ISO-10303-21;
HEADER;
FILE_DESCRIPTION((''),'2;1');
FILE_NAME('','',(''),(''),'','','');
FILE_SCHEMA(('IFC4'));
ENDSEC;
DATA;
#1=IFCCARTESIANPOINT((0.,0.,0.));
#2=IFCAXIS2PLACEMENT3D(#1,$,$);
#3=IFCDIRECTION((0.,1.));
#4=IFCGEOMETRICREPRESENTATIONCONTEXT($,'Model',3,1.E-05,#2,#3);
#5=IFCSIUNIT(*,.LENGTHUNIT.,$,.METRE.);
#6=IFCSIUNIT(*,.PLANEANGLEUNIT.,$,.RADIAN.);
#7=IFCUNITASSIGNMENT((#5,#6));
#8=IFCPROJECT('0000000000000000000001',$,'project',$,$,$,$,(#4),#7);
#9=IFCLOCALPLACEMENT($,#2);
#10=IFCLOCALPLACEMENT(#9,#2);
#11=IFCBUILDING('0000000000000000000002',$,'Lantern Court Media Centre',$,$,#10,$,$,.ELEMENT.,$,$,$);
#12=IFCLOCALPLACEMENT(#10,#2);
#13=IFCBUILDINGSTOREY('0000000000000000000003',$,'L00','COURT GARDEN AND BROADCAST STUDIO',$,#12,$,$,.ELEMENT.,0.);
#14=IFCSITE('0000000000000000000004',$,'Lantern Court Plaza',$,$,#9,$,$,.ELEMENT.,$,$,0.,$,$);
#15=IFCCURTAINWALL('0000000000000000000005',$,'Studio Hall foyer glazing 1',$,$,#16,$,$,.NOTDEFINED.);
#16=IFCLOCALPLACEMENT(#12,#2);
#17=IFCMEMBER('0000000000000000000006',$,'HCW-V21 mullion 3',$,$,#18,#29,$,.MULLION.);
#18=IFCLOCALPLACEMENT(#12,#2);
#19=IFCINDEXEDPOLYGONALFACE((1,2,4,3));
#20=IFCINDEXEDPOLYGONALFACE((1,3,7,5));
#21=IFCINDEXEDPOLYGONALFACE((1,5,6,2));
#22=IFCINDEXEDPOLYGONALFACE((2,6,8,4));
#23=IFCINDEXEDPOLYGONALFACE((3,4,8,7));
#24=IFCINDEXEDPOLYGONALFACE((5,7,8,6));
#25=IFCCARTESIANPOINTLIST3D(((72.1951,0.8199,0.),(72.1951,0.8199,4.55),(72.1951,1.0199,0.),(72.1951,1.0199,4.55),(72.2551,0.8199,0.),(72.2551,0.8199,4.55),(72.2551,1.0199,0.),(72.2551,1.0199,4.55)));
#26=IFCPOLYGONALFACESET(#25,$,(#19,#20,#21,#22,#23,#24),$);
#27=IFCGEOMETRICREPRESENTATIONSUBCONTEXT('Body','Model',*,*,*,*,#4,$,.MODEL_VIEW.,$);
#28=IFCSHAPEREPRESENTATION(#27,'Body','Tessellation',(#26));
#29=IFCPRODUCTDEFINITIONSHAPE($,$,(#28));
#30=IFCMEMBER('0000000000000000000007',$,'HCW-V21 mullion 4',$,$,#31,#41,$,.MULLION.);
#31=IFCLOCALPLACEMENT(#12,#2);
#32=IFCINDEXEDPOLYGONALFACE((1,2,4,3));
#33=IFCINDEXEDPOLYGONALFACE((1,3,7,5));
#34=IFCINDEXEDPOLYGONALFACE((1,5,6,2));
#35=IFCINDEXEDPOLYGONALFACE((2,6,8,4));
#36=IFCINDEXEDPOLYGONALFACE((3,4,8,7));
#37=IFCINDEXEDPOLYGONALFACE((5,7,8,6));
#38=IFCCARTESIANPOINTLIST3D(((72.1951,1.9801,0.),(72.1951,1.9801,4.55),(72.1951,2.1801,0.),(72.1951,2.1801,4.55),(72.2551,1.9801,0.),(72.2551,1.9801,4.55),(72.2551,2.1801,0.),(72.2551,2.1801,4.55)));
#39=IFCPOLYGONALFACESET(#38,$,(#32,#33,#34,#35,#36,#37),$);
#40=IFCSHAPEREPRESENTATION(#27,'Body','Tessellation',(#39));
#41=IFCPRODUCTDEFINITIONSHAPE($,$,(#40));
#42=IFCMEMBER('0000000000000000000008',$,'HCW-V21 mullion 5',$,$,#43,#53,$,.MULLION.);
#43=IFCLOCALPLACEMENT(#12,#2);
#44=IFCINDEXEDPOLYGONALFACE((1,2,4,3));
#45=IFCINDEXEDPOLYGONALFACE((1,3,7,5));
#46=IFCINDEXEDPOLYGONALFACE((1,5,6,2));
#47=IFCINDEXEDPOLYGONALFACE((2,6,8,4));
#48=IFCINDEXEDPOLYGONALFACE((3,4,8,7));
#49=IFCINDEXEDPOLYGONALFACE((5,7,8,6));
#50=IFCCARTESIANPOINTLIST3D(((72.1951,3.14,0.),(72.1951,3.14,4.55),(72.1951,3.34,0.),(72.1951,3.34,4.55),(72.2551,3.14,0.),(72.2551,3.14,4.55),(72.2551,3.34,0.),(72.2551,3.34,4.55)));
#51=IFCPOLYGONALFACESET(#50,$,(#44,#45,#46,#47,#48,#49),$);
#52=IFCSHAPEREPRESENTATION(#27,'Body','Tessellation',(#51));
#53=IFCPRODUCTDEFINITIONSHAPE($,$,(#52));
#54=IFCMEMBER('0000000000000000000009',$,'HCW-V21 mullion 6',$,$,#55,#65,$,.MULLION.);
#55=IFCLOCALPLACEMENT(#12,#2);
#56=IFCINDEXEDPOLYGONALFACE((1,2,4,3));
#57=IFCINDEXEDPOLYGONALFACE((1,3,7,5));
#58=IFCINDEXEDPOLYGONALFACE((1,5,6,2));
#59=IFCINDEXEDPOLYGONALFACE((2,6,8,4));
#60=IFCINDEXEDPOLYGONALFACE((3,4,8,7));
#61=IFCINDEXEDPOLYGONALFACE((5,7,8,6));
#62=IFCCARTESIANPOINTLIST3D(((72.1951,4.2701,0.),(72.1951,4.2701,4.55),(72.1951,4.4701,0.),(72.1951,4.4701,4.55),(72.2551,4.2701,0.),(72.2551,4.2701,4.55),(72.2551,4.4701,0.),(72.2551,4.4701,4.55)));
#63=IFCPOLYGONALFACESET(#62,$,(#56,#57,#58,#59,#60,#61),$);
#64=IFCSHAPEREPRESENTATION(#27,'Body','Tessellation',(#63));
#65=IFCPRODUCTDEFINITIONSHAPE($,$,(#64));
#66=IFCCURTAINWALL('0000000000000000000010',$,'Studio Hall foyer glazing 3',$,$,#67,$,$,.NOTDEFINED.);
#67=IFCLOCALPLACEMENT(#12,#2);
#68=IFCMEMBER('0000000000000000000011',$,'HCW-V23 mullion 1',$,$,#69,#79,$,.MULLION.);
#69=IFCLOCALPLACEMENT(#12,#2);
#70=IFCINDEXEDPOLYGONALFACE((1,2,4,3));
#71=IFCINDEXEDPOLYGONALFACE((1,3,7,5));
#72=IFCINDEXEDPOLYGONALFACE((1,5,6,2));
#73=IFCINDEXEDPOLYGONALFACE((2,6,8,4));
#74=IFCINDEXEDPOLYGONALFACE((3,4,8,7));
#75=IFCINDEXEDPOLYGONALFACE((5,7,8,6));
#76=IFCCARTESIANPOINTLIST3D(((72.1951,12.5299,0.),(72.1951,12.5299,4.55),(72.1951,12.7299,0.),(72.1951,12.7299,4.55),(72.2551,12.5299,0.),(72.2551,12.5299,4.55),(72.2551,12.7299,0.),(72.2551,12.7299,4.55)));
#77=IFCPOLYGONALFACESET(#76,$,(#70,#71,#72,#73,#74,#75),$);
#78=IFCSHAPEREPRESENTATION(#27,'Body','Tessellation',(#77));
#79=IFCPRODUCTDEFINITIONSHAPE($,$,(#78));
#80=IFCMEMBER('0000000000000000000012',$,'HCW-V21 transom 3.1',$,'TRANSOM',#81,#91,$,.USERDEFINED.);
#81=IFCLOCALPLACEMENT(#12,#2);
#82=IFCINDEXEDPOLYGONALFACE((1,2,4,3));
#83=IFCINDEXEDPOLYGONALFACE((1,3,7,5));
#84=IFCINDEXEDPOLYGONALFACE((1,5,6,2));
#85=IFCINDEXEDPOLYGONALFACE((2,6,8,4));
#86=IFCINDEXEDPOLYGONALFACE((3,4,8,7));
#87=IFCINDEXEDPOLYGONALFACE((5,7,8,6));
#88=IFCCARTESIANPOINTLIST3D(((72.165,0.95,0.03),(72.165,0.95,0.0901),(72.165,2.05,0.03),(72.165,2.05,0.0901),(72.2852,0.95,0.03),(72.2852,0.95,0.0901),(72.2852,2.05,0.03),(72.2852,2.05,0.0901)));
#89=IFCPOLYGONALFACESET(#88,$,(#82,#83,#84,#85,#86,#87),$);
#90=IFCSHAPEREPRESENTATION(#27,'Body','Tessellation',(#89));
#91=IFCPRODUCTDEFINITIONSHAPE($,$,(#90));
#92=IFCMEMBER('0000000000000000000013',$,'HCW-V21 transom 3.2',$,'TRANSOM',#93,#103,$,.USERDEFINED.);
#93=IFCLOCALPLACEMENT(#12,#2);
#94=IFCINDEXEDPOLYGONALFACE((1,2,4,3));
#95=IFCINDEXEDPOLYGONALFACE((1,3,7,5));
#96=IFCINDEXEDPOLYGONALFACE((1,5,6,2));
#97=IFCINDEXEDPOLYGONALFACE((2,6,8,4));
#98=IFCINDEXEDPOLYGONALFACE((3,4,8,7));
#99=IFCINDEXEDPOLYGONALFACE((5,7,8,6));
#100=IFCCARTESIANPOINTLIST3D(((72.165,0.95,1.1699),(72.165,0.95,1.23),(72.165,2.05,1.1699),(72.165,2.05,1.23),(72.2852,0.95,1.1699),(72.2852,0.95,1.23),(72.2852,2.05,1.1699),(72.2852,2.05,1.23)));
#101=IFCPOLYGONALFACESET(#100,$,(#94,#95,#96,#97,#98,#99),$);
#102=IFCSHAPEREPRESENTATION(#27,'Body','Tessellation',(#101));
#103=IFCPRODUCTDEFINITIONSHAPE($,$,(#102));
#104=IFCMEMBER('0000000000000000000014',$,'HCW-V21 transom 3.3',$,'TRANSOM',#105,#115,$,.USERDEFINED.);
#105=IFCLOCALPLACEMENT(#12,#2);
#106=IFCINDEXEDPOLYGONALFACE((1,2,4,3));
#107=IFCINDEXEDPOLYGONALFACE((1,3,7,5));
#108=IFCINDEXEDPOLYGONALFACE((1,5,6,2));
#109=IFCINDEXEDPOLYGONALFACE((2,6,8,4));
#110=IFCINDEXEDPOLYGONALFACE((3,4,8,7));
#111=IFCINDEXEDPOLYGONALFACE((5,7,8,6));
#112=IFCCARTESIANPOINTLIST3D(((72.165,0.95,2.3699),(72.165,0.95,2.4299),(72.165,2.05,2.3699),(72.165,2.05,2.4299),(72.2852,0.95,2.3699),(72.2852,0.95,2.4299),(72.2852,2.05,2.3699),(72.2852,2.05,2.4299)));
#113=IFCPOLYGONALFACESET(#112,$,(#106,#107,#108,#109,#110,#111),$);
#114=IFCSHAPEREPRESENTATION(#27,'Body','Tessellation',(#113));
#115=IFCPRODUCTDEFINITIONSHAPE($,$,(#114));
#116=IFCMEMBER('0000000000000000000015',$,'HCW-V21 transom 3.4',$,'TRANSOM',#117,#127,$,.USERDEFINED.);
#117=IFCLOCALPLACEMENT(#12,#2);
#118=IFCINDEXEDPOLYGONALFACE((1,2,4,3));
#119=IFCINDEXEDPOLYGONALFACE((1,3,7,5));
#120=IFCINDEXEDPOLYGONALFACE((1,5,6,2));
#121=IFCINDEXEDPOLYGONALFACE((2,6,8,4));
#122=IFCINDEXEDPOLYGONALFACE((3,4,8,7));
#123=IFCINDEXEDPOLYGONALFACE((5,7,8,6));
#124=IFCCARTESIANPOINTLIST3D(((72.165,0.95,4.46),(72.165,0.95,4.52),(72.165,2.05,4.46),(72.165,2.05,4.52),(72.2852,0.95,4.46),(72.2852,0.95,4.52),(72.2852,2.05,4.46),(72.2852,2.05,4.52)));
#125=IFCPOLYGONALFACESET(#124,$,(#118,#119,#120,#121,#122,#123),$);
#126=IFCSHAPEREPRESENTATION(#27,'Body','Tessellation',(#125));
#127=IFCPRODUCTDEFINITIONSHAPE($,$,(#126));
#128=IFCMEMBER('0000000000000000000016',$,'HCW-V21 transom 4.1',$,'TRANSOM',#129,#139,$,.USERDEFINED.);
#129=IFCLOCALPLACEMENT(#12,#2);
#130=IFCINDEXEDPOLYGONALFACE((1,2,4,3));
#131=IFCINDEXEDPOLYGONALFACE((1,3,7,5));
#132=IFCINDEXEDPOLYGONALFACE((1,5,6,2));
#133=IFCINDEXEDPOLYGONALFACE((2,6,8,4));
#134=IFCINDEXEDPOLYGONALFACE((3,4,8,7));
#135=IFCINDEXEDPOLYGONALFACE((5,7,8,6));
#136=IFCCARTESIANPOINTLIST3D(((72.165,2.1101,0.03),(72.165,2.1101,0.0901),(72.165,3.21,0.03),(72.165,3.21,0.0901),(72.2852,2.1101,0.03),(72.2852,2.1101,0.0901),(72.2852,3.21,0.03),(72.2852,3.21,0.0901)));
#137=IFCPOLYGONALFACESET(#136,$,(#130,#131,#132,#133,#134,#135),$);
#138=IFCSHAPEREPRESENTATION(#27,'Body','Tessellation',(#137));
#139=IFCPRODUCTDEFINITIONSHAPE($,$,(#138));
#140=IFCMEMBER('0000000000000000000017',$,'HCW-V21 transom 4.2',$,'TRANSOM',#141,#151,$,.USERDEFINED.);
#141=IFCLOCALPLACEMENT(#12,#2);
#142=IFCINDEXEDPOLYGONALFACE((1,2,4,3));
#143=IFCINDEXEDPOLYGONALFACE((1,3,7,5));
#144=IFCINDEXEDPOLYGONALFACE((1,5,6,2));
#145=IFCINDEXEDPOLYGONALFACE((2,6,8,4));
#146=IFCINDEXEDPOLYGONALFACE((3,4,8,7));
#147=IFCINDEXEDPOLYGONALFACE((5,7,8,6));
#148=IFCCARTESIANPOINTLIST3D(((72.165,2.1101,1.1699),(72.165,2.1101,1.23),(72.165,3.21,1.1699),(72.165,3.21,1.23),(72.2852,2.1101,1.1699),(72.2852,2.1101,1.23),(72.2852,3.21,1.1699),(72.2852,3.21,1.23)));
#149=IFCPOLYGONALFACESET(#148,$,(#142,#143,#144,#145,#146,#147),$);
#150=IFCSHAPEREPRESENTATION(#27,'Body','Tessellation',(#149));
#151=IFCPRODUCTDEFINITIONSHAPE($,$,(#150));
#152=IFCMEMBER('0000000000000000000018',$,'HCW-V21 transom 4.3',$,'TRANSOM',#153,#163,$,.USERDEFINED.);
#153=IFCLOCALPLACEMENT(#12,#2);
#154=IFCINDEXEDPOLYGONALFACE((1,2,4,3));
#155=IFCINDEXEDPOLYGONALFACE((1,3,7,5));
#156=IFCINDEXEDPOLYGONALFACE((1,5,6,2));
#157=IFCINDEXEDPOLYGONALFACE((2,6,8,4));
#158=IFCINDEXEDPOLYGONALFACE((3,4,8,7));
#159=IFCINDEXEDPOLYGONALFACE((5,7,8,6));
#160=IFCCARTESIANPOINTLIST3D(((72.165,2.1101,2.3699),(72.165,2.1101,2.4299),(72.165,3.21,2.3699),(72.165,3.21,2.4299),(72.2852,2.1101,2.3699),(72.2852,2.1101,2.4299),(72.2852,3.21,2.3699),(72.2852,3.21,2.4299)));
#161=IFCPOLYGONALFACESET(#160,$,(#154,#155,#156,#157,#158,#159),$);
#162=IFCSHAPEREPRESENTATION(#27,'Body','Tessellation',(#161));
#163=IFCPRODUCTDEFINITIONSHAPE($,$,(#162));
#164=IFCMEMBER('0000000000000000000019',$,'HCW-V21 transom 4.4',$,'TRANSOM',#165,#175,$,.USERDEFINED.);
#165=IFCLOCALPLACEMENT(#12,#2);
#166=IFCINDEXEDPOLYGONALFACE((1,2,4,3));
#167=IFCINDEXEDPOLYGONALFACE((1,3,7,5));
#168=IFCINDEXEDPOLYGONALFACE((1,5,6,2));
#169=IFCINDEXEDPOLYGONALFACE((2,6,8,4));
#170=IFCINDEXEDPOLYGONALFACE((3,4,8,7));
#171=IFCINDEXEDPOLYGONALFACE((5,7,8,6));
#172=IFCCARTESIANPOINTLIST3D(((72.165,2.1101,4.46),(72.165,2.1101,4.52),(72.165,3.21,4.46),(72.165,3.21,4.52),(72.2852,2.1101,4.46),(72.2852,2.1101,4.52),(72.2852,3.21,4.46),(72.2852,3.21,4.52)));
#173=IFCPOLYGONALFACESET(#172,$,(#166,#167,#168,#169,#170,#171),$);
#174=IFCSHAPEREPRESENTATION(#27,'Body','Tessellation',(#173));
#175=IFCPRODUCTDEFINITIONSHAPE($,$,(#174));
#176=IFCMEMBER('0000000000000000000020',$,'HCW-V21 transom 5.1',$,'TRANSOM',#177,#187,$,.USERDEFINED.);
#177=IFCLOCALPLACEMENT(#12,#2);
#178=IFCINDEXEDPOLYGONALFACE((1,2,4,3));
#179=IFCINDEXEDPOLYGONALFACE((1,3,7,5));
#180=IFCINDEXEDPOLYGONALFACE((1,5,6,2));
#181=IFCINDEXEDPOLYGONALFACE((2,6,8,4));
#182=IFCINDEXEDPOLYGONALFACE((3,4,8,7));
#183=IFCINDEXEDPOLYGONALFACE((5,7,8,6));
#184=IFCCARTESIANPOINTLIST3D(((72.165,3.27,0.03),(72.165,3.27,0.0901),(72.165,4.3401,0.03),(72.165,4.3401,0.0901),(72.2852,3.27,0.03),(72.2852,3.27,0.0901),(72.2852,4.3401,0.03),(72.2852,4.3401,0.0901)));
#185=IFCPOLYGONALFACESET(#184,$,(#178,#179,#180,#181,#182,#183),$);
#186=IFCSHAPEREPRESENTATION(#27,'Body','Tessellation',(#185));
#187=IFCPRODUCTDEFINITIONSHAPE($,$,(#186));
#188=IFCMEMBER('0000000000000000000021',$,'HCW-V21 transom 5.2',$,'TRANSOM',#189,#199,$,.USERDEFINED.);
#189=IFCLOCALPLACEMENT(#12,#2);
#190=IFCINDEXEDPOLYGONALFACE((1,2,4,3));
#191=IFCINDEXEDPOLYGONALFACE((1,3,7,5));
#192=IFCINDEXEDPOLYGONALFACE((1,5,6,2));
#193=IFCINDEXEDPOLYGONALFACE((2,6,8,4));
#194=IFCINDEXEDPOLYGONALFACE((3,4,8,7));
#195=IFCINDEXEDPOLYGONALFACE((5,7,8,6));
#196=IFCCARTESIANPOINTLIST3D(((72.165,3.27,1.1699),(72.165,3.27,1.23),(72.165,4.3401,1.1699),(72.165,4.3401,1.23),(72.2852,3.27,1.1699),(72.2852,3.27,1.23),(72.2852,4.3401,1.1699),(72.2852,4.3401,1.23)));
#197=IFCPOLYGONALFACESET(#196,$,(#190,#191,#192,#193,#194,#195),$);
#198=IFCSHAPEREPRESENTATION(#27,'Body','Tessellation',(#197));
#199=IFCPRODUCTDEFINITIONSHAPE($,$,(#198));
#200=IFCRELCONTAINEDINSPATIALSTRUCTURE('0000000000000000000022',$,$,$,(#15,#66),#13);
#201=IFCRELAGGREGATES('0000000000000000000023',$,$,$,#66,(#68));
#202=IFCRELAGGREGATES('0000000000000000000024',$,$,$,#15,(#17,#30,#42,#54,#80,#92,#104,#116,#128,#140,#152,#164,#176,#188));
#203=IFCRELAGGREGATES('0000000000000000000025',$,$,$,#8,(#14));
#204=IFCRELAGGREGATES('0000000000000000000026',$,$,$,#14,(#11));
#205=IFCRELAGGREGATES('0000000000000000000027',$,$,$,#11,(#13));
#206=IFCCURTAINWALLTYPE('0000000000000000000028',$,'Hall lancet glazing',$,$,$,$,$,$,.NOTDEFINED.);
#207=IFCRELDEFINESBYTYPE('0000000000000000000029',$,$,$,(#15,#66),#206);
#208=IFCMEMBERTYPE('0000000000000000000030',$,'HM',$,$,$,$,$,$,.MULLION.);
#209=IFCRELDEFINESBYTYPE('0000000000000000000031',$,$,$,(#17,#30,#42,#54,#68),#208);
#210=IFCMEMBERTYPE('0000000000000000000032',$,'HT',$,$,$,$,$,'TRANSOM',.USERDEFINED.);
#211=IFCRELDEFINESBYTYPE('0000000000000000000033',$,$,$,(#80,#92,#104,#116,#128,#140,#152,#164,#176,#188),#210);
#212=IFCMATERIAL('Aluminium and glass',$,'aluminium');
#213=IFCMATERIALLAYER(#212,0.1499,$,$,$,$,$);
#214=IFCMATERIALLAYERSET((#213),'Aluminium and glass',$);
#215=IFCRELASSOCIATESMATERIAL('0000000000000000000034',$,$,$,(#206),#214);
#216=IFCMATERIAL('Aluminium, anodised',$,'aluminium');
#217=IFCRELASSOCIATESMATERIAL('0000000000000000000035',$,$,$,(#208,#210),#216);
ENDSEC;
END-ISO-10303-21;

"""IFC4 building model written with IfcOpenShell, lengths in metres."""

from ifc_helpers import new_model, si_unit, direction, frame, origin, origin_2d, place, context, subcontext, project, spatial, rectangle, extrude, material, layer, layer_set, material_profile, profile_set, type_object, element, aggregate, save


model = new_model("IFC4")

# Units and contexts
model_context = context("Model", 3, precision=1e-05, world=origin(), true_north=direction((0.0, 1.0)))
body_context = subcontext(model_context, "Body", "Model", "MODEL_VIEW")
ifc_project = project(units=[si_unit("LENGTHUNIT", "METRE"), si_unit("PLANEANGLEUNIT", "RADIAN")], contexts=[model_context])

# Site, building, storey
site_placement = place(None, origin())
site = spatial("IfcSite", under=ifc_project, at=site_placement, Name="Lantern Court Plaza", CompositionType="ELEMENT", RefElevation=0.0)
building_placement = place(site_placement, origin())
building = spatial("IfcBuilding", under=site, at=building_placement, Name="Lantern Court Media Centre", CompositionType="ELEMENT")
storey_placement = place(building_placement, origin())
storey = spatial("IfcBuildingStorey", under=building, at=storey_placement, Name="L00", Description="COURT GARDEN AND BROADCAST STUDIO", CompositionType="ELEMENT", Elevation=0.0)

# Curtain wall, members
ifc_material_1 = material(Name="Aluminium and glass", Category="aluminium")
ifc_layer_1 = layer(ifc_material_1, 0.1499)
ifc_layer_set_1 = layer_set([ifc_layer_1], Name="Aluminium and glass")
curtain_wall_type = type_object("IfcCurtainWallType", Name="Hall lancet glazing", PredefinedType="NOTDEFINED", material=ifc_layer_set_1)
curtain_wall_1_placement = place(storey_placement, origin())
curtain_wall_1 = element("IfcCurtainWall", 1, at=curtain_wall_1_placement, inside=storey, type_object=curtain_wall_type, Name="Studio Hall foyer glazing 1", PredefinedType="NOTDEFINED")
ifc_material_2 = material(Name="Aluminium, anodised", Category="aluminium")
ifc_material_profile_1 = material_profile(ifc_material_2, rectangle(XDim=0.0601, YDim=0.2, at=origin_2d()), Name="HM")
ifc_profile_set_1 = profile_set([ifc_material_profile_1], Name="Aluminium, anodised")
member_type_1 = type_object("IfcMemberType", Name="HM", PredefinedType="MULLION", material=ifc_profile_set_1)
member_1_placement = place(storey_placement, frame((72.2251, 0.9199, 0.0), z_axis=(0.0, 0.0, 1.0), x_axis=(-1.0, 0.0, 0.0)))
member_1 = element("IfcMember", 2, at=member_1_placement, type_object=member_type_1, Name="HCW-V21 mullion 3", PredefinedType="MULLION", context=body_context, shape_type="SweptSolid", body=[
    extrude(rectangle(XDim=0.0601, YDim=0.2, at=origin_2d()), origin(), (0.0, 0.0, 1.0), 4.55),
])
member_2_placement = place(storey_placement, frame((72.2251, 2.0801, 0.0), z_axis=(0.0, 0.0, 1.0), x_axis=(-1.0, 0.0, 0.0)))
member_2 = element("IfcMember", 3, at=member_2_placement, type_object=member_type_1, Name="HCW-V21 mullion 4", PredefinedType="MULLION", context=body_context, shape_type="SweptSolid", body=[
    extrude(rectangle(XDim=0.0601, YDim=0.2, at=origin_2d()), origin(), (0.0, 0.0, 1.0), 4.55),
])
member_3_placement = place(storey_placement, frame((72.2251, 3.24, 0.0), z_axis=(0.0, 0.0, 1.0), x_axis=(-1.0, 0.0, 0.0)))
member_3 = element("IfcMember", 4, at=member_3_placement, type_object=member_type_1, Name="HCW-V21 mullion 5", PredefinedType="MULLION", context=body_context, shape_type="SweptSolid", body=[
    extrude(rectangle(XDim=0.0601, YDim=0.2, at=origin_2d()), origin(), (0.0, 0.0, 1.0), 4.55),
])
member_4_placement = place(storey_placement, frame((72.2251, 4.3701, 0.0), z_axis=(0.0, 0.0, 1.0), x_axis=(-1.0, 0.0, 0.0)))
member_4 = element("IfcMember", 5, at=member_4_placement, type_object=member_type_1, Name="HCW-V21 mullion 6", PredefinedType="MULLION", context=body_context, shape_type="SweptSolid", body=[
    extrude(rectangle(XDim=0.0601, YDim=0.2, at=origin_2d()), origin(), (0.0, 0.0, 1.0), 4.55),
])

# Curtain wall, member
curtain_wall_2_placement = place(storey_placement, origin())
curtain_wall_2 = element("IfcCurtainWall", 6, at=curtain_wall_2_placement, inside=storey, type_object=curtain_wall_type, Name="Studio Hall foyer glazing 3", PredefinedType="NOTDEFINED")
member_5_placement = place(storey_placement, frame((72.2251, 12.6299, 0.0), z_axis=(0.0, 0.0, 1.0), x_axis=(-1.0, 0.0, 0.0)))
member_5 = element("IfcMember", 7, at=member_5_placement, type_object=member_type_1, Name="HCW-V23 mullion 1", PredefinedType="MULLION", context=body_context, shape_type="SweptSolid", body=[
    extrude(rectangle(XDim=0.0601, YDim=0.2, at=origin_2d()), origin(), (0.0, 0.0, 1.0), 4.55),
])
aggregate(curtain_wall_2, [member_5])

# Members
ifc_material_profile_2 = material_profile(ifc_material_2, rectangle(XDim=0.1201, YDim=0.0601, at=origin_2d()), Name="HT")
ifc_profile_set_2 = profile_set([ifc_material_profile_2], Name="Aluminium, anodised")
member_type_2 = type_object("IfcMemberType", Name="HT", ElementType="TRANSOM", PredefinedType="USERDEFINED", material=ifc_profile_set_2)
member_6_placement = place(storey_placement, frame((72.2251, 0.95, 0.0601), z_axis=(0.0, 1.0, 0.0), x_axis=(-1.0, 0.0, 0.0)))
member_6 = element("IfcMember", 8, at=member_6_placement, type_object=member_type_2, Name="HCW-V21 transom 3.1", ObjectType="TRANSOM", PredefinedType="USERDEFINED", context=body_context, shape_type="SweptSolid", body=[
    extrude(rectangle(XDim=0.1201, YDim=0.0601, at=origin_2d()), origin(), (0.0, 0.0, 1.0), 1.1001),
])
member_7_placement = place(storey_placement, frame((72.2251, 0.95, 1.2), z_axis=(0.0, 1.0, 0.0), x_axis=(-1.0, 0.0, 0.0)))
member_7 = element("IfcMember", 9, at=member_7_placement, type_object=member_type_2, Name="HCW-V21 transom 3.2", ObjectType="TRANSOM", PredefinedType="USERDEFINED", context=body_context, shape_type="SweptSolid", body=[
    extrude(rectangle(XDim=0.1201, YDim=0.0601, at=origin_2d()), origin(), (0.0, 0.0, 1.0), 1.1001),
])
member_8_placement = place(storey_placement, frame((72.2251, 0.95, 2.3999), z_axis=(0.0, 1.0, 0.0), x_axis=(-1.0, 0.0, 0.0)))
member_8 = element("IfcMember", 10, at=member_8_placement, type_object=member_type_2, Name="HCW-V21 transom 3.3", ObjectType="TRANSOM", PredefinedType="USERDEFINED", context=body_context, shape_type="SweptSolid", body=[
    extrude(rectangle(XDim=0.1201, YDim=0.0601, at=origin_2d()), origin(), (0.0, 0.0, 1.0), 1.1001),
])
member_9_placement = place(storey_placement, frame((72.2251, 0.95, 4.49), z_axis=(0.0, 1.0, 0.0), x_axis=(-1.0, 0.0, 0.0)))
member_9 = element("IfcMember", 11, at=member_9_placement, type_object=member_type_2, Name="HCW-V21 transom 3.4", ObjectType="TRANSOM", PredefinedType="USERDEFINED", context=body_context, shape_type="SweptSolid", body=[
    extrude(rectangle(XDim=0.1201, YDim=0.0601, at=origin_2d()), origin(), (0.0, 0.0, 1.0), 1.1001),
])
member_10_placement = place(storey_placement, frame((72.2251, 2.1101, 0.0601), z_axis=(0.0, 1.0, 0.0), x_axis=(-1.0, 0.0, 0.0)))
member_10 = element("IfcMember", 12, at=member_10_placement, type_object=member_type_2, Name="HCW-V21 transom 4.1", ObjectType="TRANSOM", PredefinedType="USERDEFINED", context=body_context, shape_type="SweptSolid", body=[
    extrude(rectangle(XDim=0.1201, YDim=0.0601, at=origin_2d()), origin(), (0.0, 0.0, 1.0), 1.0999),
])
member_11_placement = place(storey_placement, frame((72.2251, 2.1101, 1.2), z_axis=(0.0, 1.0, 0.0), x_axis=(-1.0, 0.0, 0.0)))
member_11 = element("IfcMember", 13, at=member_11_placement, type_object=member_type_2, Name="HCW-V21 transom 4.2", ObjectType="TRANSOM", PredefinedType="USERDEFINED", context=body_context, shape_type="SweptSolid", body=[
    extrude(rectangle(XDim=0.1201, YDim=0.0601, at=origin_2d()), origin(), (0.0, 0.0, 1.0), 1.0999),
])
member_12_placement = place(storey_placement, frame((72.2251, 2.1101, 2.3999), z_axis=(0.0, 1.0, 0.0), x_axis=(-1.0, 0.0, 0.0)))
member_12 = element("IfcMember", 14, at=member_12_placement, type_object=member_type_2, Name="HCW-V21 transom 4.3", ObjectType="TRANSOM", PredefinedType="USERDEFINED", context=body_context, shape_type="SweptSolid", body=[
    extrude(rectangle(XDim=0.1201, YDim=0.0601, at=origin_2d()), origin(), (0.0, 0.0, 1.0), 1.0999),
])
member_13_placement = place(storey_placement, frame((72.2251, 2.1101, 4.49), z_axis=(0.0, 1.0, 0.0), x_axis=(-1.0, 0.0, 0.0)))
member_13 = element("IfcMember", 15, at=member_13_placement, type_object=member_type_2, Name="HCW-V21 transom 4.4", ObjectType="TRANSOM", PredefinedType="USERDEFINED", context=body_context, shape_type="SweptSolid", body=[
    extrude(rectangle(XDim=0.1201, YDim=0.0601, at=origin_2d()), origin(), (0.0, 0.0, 1.0), 1.0999),
])
member_14_placement = place(storey_placement, frame((72.2251, 3.27, 0.0601), z_axis=(0.0, 1.0, 0.0), x_axis=(-1.0, 0.0, 0.0)))
member_14 = element("IfcMember", 16, at=member_14_placement, type_object=member_type_2, Name="HCW-V21 transom 5.1", ObjectType="TRANSOM", PredefinedType="USERDEFINED", context=body_context, shape_type="SweptSolid", body=[
    extrude(rectangle(XDim=0.1201, YDim=0.0601, at=origin_2d()), origin(), (0.0, 0.0, 1.0), 1.0701),
])
member_15_placement = place(storey_placement, frame((72.2251, 3.27, 1.2), z_axis=(0.0, 1.0, 0.0), x_axis=(-1.0, 0.0, 0.0)))
member_15 = element("IfcMember", 17, at=member_15_placement, type_object=member_type_2, Name="HCW-V21 transom 5.2", ObjectType="TRANSOM", PredefinedType="USERDEFINED", context=body_context, shape_type="SweptSolid", body=[
    extrude(rectangle(XDim=0.1201, YDim=0.0601, at=origin_2d()), origin(), (0.0, 0.0, 1.0), 1.0701),
])

aggregate(curtain_wall_1, [member_1, member_2, member_3, member_4, member_6, member_7, member_8, member_9, member_10, member_11, member_12, member_13, member_14, member_15])

save(model, "model.ifc")
